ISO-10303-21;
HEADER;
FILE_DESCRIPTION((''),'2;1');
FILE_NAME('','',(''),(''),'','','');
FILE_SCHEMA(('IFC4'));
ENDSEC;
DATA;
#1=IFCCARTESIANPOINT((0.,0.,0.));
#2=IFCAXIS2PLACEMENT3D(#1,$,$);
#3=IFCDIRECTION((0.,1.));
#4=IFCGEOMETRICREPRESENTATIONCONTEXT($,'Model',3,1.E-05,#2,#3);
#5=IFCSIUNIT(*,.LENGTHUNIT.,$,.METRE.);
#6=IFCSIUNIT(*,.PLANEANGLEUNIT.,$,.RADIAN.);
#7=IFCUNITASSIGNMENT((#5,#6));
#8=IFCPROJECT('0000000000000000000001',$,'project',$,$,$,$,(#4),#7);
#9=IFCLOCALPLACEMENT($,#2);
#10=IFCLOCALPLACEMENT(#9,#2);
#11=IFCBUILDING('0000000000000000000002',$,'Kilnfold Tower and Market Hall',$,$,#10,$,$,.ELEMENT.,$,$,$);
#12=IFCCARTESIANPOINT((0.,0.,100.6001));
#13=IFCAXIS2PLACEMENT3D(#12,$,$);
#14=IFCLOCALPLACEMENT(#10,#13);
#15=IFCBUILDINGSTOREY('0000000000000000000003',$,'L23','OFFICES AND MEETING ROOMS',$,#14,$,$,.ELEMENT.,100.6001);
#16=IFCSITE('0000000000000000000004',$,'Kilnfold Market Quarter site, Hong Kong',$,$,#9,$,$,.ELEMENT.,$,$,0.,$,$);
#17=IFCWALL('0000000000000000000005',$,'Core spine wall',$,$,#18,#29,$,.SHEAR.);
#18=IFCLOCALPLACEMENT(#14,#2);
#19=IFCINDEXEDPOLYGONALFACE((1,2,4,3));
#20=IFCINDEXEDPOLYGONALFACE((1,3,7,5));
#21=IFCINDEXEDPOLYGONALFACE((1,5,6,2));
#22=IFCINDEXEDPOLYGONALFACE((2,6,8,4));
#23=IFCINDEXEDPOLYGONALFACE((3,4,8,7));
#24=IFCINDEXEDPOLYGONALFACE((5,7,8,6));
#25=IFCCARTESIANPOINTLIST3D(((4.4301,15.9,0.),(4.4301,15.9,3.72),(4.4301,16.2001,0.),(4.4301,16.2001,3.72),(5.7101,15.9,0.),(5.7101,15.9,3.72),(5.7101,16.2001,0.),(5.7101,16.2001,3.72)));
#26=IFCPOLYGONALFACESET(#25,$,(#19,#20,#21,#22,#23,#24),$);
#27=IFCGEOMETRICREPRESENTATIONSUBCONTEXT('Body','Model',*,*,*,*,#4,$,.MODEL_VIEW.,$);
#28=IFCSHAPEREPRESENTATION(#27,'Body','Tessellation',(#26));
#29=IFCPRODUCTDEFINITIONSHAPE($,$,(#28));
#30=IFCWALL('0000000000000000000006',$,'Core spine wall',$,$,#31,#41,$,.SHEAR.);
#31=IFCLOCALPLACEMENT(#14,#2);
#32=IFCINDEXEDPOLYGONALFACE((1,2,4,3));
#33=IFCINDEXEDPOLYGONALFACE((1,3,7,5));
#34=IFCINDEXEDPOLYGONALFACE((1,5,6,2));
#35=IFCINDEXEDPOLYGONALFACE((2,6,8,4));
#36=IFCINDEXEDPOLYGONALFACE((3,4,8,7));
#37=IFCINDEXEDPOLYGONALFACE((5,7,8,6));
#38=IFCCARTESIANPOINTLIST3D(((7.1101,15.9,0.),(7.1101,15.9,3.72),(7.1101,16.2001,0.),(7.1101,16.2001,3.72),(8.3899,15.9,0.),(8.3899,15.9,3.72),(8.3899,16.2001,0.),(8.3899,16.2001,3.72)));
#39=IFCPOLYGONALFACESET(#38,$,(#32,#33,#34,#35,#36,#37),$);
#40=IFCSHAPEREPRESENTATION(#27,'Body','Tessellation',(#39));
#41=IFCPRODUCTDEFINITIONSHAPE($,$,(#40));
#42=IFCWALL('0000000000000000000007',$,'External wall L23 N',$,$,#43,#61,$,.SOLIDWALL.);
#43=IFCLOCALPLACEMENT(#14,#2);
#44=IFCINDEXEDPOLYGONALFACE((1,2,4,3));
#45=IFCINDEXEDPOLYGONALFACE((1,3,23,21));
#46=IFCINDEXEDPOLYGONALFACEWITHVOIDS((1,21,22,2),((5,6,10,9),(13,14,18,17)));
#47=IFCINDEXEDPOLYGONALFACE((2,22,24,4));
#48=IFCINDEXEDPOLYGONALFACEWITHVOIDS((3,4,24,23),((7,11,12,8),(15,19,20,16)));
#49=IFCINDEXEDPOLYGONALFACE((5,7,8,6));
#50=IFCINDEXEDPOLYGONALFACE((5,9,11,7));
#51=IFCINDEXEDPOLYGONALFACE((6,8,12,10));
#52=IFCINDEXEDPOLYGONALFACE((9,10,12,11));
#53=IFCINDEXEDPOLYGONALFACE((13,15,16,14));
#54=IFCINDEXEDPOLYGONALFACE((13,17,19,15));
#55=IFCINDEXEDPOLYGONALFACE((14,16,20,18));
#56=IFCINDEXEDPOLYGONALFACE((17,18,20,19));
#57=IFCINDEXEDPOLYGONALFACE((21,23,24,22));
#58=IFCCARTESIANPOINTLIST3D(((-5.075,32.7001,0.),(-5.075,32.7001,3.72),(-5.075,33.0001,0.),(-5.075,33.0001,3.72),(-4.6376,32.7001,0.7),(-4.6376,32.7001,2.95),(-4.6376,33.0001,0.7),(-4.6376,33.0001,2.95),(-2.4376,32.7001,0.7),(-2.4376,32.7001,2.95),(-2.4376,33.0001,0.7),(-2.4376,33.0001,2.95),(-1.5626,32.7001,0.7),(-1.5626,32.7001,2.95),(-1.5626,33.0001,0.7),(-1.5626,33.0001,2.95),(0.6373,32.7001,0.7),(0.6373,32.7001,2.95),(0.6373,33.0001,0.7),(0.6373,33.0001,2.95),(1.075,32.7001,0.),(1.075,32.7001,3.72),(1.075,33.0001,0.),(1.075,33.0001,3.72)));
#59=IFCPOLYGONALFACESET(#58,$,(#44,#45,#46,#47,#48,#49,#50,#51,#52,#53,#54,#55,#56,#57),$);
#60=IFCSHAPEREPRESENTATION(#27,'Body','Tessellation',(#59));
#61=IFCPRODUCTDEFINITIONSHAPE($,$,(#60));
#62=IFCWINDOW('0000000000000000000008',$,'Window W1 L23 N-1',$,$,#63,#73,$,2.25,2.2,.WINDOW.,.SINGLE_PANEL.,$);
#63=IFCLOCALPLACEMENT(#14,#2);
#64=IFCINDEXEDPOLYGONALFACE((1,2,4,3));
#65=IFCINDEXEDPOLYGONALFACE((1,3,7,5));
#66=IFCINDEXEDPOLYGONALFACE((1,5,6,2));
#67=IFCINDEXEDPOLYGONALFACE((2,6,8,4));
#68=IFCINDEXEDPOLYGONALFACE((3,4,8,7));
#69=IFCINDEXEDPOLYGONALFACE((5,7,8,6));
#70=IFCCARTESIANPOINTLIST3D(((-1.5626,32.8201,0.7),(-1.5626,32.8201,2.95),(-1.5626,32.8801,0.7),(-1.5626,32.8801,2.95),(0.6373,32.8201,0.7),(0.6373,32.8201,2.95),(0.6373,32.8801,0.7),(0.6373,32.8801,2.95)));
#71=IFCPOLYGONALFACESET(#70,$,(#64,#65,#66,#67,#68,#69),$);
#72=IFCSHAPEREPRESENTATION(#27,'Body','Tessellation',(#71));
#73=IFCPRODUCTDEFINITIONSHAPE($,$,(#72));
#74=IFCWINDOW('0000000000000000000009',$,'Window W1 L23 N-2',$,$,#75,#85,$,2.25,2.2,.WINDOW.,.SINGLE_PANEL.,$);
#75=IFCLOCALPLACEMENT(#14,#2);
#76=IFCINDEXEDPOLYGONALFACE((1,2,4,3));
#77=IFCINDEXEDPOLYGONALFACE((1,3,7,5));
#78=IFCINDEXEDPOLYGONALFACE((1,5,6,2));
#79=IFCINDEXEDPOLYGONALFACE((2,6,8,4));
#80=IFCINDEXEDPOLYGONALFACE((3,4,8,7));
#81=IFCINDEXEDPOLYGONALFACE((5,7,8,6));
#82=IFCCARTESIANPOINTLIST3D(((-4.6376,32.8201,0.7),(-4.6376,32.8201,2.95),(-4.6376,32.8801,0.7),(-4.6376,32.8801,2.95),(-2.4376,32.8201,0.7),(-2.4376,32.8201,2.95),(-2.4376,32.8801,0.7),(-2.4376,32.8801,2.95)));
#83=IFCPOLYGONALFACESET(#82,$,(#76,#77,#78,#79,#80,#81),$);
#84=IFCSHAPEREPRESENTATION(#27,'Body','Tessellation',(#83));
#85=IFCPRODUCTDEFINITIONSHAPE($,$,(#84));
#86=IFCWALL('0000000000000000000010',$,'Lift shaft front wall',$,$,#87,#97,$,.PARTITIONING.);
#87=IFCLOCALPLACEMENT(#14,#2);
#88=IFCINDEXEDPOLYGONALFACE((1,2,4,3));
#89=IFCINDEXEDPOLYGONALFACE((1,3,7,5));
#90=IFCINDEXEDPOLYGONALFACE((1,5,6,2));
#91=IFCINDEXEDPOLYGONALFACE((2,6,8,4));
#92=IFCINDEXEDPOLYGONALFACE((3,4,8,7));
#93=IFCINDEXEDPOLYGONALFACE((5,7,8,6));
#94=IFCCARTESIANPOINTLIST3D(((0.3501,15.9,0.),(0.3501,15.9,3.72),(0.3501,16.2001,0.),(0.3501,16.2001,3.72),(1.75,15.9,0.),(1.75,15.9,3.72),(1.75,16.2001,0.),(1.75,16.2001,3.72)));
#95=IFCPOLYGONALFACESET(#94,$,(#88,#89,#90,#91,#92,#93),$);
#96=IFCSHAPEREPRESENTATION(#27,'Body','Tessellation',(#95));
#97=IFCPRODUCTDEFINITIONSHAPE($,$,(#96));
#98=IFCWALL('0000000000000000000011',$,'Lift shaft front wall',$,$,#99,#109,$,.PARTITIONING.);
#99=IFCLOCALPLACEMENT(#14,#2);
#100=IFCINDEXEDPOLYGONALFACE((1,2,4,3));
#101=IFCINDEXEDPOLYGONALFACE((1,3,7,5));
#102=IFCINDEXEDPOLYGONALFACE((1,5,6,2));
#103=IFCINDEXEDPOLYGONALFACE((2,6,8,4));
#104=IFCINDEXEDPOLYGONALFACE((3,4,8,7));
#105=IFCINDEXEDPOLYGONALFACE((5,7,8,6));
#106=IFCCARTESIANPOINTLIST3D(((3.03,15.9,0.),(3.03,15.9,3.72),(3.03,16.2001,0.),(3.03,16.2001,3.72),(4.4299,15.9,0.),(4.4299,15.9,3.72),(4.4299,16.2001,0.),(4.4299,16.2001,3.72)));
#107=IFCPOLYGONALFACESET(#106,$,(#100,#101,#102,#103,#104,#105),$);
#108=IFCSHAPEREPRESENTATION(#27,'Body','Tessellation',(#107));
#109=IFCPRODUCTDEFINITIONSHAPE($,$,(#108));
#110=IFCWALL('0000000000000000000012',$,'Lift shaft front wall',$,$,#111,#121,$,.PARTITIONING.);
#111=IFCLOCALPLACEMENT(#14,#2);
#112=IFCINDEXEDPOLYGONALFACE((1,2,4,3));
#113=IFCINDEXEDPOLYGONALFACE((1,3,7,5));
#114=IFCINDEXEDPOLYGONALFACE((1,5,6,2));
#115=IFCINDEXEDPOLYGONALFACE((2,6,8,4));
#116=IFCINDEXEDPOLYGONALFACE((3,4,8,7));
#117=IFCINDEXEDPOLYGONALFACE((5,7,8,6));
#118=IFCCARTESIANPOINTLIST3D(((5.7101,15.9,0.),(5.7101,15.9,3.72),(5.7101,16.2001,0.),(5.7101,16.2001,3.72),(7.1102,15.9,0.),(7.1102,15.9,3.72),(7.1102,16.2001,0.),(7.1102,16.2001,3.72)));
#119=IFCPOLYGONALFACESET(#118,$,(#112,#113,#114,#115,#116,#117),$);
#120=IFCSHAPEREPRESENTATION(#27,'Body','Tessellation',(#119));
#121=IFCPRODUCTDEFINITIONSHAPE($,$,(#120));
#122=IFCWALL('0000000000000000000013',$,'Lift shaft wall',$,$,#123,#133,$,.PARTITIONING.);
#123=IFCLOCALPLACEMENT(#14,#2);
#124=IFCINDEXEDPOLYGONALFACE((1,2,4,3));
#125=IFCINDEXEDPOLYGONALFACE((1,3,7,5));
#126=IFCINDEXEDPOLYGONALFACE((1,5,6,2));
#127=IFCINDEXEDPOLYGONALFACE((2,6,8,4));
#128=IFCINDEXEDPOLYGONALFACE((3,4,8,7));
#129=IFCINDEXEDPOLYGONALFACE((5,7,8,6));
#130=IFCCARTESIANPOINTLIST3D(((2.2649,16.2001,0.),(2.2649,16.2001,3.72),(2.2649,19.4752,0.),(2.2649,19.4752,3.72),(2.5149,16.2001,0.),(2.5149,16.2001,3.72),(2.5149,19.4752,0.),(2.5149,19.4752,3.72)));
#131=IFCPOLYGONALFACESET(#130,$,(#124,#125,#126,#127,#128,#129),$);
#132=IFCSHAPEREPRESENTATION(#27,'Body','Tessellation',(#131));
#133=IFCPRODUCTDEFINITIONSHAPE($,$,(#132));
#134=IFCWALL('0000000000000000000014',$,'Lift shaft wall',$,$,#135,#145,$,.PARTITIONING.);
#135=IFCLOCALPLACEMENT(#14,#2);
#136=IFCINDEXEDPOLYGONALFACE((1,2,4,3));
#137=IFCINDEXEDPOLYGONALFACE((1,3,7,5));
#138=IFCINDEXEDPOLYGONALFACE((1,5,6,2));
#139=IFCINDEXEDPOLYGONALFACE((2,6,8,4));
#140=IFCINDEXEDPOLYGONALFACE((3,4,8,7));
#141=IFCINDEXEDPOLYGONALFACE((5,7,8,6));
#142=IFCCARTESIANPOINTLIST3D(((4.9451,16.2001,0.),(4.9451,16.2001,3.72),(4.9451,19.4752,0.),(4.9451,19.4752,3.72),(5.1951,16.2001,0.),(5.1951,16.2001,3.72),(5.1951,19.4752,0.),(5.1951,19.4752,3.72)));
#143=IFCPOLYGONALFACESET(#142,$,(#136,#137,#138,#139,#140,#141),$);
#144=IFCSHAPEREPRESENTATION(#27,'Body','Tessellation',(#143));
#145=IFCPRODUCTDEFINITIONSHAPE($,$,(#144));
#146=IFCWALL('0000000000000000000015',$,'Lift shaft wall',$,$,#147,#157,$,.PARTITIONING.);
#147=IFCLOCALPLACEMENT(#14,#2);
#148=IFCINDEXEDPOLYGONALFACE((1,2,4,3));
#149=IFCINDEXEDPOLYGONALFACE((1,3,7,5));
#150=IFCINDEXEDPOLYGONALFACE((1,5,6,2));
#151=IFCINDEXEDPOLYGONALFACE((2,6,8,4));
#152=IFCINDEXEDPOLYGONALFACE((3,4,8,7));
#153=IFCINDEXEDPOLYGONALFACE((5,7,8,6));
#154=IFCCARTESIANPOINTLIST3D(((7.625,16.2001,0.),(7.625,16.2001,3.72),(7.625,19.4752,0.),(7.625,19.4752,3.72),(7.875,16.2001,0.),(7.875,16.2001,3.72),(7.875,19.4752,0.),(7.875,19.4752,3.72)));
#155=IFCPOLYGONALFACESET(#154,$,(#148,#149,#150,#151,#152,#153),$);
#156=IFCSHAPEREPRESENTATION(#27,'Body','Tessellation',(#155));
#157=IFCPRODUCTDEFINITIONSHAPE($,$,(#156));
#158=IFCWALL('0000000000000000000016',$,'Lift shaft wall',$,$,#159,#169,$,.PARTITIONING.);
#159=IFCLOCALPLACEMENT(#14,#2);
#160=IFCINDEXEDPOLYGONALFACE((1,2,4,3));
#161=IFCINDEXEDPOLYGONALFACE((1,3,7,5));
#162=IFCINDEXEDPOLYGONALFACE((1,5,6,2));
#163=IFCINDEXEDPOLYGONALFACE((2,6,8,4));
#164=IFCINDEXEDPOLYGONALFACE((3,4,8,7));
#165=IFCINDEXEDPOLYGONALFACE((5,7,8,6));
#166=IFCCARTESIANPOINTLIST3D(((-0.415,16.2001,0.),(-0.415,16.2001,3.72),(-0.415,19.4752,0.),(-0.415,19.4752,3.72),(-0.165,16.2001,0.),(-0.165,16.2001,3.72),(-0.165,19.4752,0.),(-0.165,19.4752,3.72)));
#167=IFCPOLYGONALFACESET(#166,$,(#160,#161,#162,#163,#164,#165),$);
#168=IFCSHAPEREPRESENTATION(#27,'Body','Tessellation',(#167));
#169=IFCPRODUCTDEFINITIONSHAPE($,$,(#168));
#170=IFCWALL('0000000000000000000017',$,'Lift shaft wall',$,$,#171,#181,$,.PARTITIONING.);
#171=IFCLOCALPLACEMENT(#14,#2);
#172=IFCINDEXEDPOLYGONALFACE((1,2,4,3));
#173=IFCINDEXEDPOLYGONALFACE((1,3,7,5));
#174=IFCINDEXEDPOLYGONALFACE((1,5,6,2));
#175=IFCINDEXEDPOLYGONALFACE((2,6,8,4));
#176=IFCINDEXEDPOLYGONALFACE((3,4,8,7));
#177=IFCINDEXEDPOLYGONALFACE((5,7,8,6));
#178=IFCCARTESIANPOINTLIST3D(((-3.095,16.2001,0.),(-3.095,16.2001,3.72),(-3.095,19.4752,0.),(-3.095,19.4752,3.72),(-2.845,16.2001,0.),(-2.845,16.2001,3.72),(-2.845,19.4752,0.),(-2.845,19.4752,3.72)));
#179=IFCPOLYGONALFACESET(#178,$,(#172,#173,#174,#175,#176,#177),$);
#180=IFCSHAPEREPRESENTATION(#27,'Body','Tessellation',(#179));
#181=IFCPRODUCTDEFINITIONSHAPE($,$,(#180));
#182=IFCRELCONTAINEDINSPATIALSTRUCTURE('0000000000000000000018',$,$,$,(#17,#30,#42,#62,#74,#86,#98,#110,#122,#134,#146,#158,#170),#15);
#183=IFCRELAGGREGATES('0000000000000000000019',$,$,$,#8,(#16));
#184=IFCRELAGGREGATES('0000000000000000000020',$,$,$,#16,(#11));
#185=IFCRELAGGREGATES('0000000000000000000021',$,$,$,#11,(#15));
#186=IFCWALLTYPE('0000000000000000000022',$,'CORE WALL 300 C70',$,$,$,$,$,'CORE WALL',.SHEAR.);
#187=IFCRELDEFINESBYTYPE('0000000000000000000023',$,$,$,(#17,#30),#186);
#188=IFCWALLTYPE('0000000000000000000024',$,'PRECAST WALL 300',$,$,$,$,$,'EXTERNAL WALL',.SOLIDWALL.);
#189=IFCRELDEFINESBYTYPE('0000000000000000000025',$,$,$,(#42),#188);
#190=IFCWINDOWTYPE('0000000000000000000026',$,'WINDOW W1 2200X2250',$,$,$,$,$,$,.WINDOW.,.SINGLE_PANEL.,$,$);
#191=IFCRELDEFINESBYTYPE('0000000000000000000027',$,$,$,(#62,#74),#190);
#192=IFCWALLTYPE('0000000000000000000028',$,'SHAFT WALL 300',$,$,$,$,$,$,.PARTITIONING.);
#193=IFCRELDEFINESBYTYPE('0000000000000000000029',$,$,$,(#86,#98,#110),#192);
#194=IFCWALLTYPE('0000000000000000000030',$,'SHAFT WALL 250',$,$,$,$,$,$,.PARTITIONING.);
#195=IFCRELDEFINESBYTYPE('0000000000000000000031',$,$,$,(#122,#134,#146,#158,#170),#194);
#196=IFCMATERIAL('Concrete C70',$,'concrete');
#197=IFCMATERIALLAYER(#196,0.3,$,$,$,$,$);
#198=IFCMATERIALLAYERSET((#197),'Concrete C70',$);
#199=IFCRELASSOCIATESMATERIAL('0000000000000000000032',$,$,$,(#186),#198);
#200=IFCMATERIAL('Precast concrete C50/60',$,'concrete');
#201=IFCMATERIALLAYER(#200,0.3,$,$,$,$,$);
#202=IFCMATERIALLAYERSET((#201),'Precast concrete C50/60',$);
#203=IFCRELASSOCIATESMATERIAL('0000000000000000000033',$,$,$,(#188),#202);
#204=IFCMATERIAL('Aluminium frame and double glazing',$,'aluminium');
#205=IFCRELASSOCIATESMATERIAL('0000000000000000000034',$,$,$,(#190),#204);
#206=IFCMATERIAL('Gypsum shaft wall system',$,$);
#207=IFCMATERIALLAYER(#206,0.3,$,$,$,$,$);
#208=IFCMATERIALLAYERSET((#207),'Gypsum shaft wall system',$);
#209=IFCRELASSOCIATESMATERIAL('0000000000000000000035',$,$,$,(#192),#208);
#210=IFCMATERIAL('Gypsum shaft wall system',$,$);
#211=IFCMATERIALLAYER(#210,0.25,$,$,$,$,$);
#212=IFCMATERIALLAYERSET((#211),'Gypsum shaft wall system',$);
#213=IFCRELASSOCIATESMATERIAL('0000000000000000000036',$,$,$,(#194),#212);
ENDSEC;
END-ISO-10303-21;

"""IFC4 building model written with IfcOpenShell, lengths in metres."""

from ifc_helpers import new_model, si_unit, direction, frame, frame_2d, origin, place, context, subcontext, project, spatial, rectangle, extrude, source, transform, mapped, material, layer, layer_set, type_object, element, fill, save


model = new_model("IFC4")

# Units and contexts
model_context = context("Model", 3, precision=1e-05, world=origin(), true_north=direction((0.0, 1.0)))
body_context = subcontext(model_context, "Body", "Model", "MODEL_VIEW")
ifc_project = project(units=[si_unit("LENGTHUNIT", "METRE"), si_unit("PLANEANGLEUNIT", "RADIAN")], contexts=[model_context])

# Site, building, storey
site_placement = place(None, origin())
site = spatial("IfcSite", under=ifc_project, at=site_placement, Name="Kilnfold Market Quarter site, Hong Kong", CompositionType="ELEMENT", RefElevation=0.0)
building_placement = place(site_placement, origin())
building = spatial("IfcBuilding", under=site, at=building_placement, Name="Kilnfold Tower and Market Hall", CompositionType="ELEMENT")
storey_placement = place(building_placement, frame((0.0, 0.0, 100.6001)))
storey = spatial("IfcBuildingStorey", under=building, at=storey_placement, Name="L23", Description="OFFICES AND MEETING ROOMS", CompositionType="ELEMENT", Elevation=100.6001)

# Walls
ifc_material_1 = material(Name="Concrete C70", Category="concrete")
ifc_layer_1 = layer(ifc_material_1, 0.3)
ifc_layer_set_1 = layer_set([ifc_layer_1], Name="Concrete C70")
wall_type_1 = type_object("IfcWallType", Name="CORE WALL 300 C70", ElementType="CORE WALL", PredefinedType="SHEAR", material=ifc_layer_set_1)
shared_shape_1 = source(origin(), body_context, "Body", "SweptSolid", [
    extrude(rectangle(XDim=1.28, YDim=0.3, at=frame_2d((0.6401, 0.0))), origin(), (0.0, 0.0, 1.0), 3.72),
])
for number, where, z_axis, x_axis, name in (
    (1, (4.4299, 16.05, 0.0), (0.0, 0.0, 1.0), (1.0, 0.0, 0.0), "Core spine wall"),
):
    element("IfcWall", number, at=place(storey_placement, frame(where, z_axis=z_axis, x_axis=x_axis)), inside=storey, type_object=wall_type_1, Name=name, PredefinedType="SHEAR", context=body_context, shape_type="MappedRepresentation", body=[
        mapped(shared_shape_1, transform((0.0, 0.0, 0.0))),
    ])
shared_shape_2 = source(origin(), body_context, "Body", "SweptSolid", [
    extrude(rectangle(XDim=1.2798, YDim=0.3, at=frame_2d((0.6399, 0.0))), origin(), (0.0, 0.0, 1.0), 3.72),
])
wall_1_placement = place(storey_placement, frame((7.1101, 16.05, 0.0), z_axis=(0.0, 0.0, 1.0), x_axis=(1.0, 0.0, 0.0)))
element("IfcWall", 2, at=wall_1_placement, inside=storey, type_object=wall_type_1, Name="Core spine wall", PredefinedType="SHEAR", context=body_context, shape_type="MappedRepresentation", body=[
    mapped(shared_shape_2, transform((0.0, 0.0, 0.0))),
])

# Wall, openings, windows
ifc_material_2 = material(Name="Precast concrete C50/60", Category="concrete")
ifc_layer_2 = layer(ifc_material_2, 0.3)
ifc_layer_set_2 = layer_set([ifc_layer_2], Name="Precast concrete C50/60")
wall_type_2 = type_object("IfcWallType", Name="PRECAST WALL 300", ElementType="EXTERNAL WALL", PredefinedType="SOLIDWALL", material=ifc_layer_set_2)
shared_shape_3 = source(origin(), body_context, "Body", "SweptSolid", [
    extrude(rectangle(XDim=6.1499, YDim=0.3, at=frame_2d((3.075, 0.0))), origin(), (0.0, 0.0, 1.0), 3.72),
])
wall_2_placement = place(storey_placement, frame((1.075, 32.8501, 0.0), z_axis=(0.0, 0.0, 1.0), x_axis=(-1.0, 0.0, 0.0)))
wall_2 = element("IfcWall", 3, at=wall_2_placement, inside=storey, type_object=wall_type_2, Name="External wall L23 N", PredefinedType="SOLIDWALL", context=body_context, shape_type="MappedRepresentation", body=[
    mapped(shared_shape_3, transform((0.0, 0.0, 0.0))),
])
opening_1_placement = place(wall_2_placement, frame((0.4375, 0.0, 0.7)))
opening_1 = element("IfcOpeningElement", 4, at=opening_1_placement, cuts=wall_2, PredefinedType="OPENING", context=body_context, shape_type="SweptSolid", body=[
    extrude(rectangle(XDim=2.2, YDim=2.25, at=frame_2d((1.1001, 1.125))), frame((0.0, 0.1602, 0.0), z_axis=(0.0, -1.0, 0.0), x_axis=(1.0, 0.0, 0.0)), (0.0, 0.0, 1.0), 0.3201),
])
opening_2_placement = place(wall_2_placement, frame((3.5125, 0.0, 0.7)))
opening_2 = element("IfcOpeningElement", 5, at=opening_2_placement, cuts=wall_2, PredefinedType="OPENING", context=body_context, shape_type="SweptSolid", body=[
    extrude(rectangle(XDim=2.2, YDim=2.25, at=frame_2d((1.1001, 1.125))), frame((0.0, 0.1602, 0.0), z_axis=(0.0, -1.0, 0.0), x_axis=(1.0, 0.0, 0.0)), (0.0, 0.0, 1.0), 0.3201),
])
ifc_material_3 = material(Name="Aluminium frame and double glazing", Category="aluminium")
window_type = type_object("IfcWindowType", Name="WINDOW W1 2200X2250", PartitioningType="SINGLE_PANEL", PredefinedType="WINDOW", material=ifc_material_3)
window_1_placement = place(opening_1_placement, origin())
window_1 = element("IfcWindow", 6, at=window_1_placement, inside=storey, type_object=window_type, Name="Window W1 L23 N-1", OverallHeight=2.25, OverallWidth=2.2, PartitioningType="SINGLE_PANEL", PredefinedType="WINDOW", context=body_context, shape_type="SweptSolid", body=[
    extrude(rectangle(XDim=2.2, YDim=2.25, at=frame_2d((1.1001, 1.125))), frame((0.0, 0.03, 0.0), z_axis=(0.0, -1.0, 0.0), x_axis=(1.0, 0.0, 0.0)), (0.0, 0.0, 1.0), 0.0601),
])
fill(opening_1, window_1)
window_2_placement = place(opening_2_placement, origin())
window_2 = element("IfcWindow", 7, at=window_2_placement, inside=storey, type_object=window_type, Name="Window W1 L23 N-2", OverallHeight=2.25, OverallWidth=2.2, PartitioningType="SINGLE_PANEL", PredefinedType="WINDOW", context=body_context, shape_type="SweptSolid", body=[
    extrude(rectangle(XDim=2.2, YDim=2.25, at=frame_2d((1.1001, 1.125))), frame((0.0, 0.03, 0.0), z_axis=(0.0, -1.0, 0.0), x_axis=(1.0, 0.0, 0.0)), (0.0, 0.0, 1.0), 0.0601),
])
fill(opening_2, window_2)

# Walls
ifc_material_4 = material(Name="Gypsum shaft wall system")
ifc_layer_3 = layer(ifc_material_4, 0.3)
ifc_layer_set_3 = layer_set([ifc_layer_3], Name="Gypsum shaft wall system")
wall_type_3 = type_object("IfcWallType", Name="SHAFT WALL 300", PredefinedType="PARTITIONING", material=ifc_layer_set_3)
shared_shape_4 = source(origin(), body_context, "Body", "SweptSolid", [
    extrude(rectangle(XDim=1.3999, YDim=0.3, at=frame_2d((0.7, 0.0))), origin(), (0.0, 0.0, 1.0), 3.72),
])
for number, where, z_axis, x_axis, name in (
    (8, (0.3501, 16.05, 0.0), (0.0, 0.0, 1.0), (1.0, 0.0, 0.0), "Lift shaft front wall"),
    (9, (3.03, 16.05, 0.0), (0.0, 0.0, 1.0), (1.0, 0.0, 0.0), "Lift shaft front wall"),
):
    element("IfcWall", number, at=place(storey_placement, frame(where, z_axis=z_axis, x_axis=x_axis)), inside=storey, type_object=wall_type_3, Name=name, PredefinedType="PARTITIONING", context=body_context, shape_type="MappedRepresentation", body=[
        mapped(shared_shape_4, transform((0.0, 0.0, 0.0))),
    ])
shared_shape_5 = source(origin(), body_context, "Body", "SweptSolid", [
    extrude(rectangle(XDim=1.4001, YDim=0.3, at=frame_2d((0.7002, 0.0))), origin(), (0.0, 0.0, 1.0), 3.72),
])
wall_3_placement = place(storey_placement, frame((5.71, 16.05, 0.0), z_axis=(0.0, 0.0, 1.0), x_axis=(1.0, 0.0, 0.0)))
element("IfcWall", 10, at=wall_3_placement, inside=storey, type_object=wall_type_3, Name="Lift shaft front wall", PredefinedType="PARTITIONING", context=body_context, shape_type="MappedRepresentation", body=[
    mapped(shared_shape_5, transform((0.0, 0.0, 0.0))),
])
ifc_material_5 = material(Name="Gypsum shaft wall system")
ifc_layer_4 = layer(ifc_material_5, 0.25)
ifc_layer_set_4 = layer_set([ifc_layer_4], Name="Gypsum shaft wall system")
wall_type_4 = type_object("IfcWallType", Name="SHAFT WALL 250", PredefinedType="PARTITIONING", material=ifc_layer_set_4)
shared_shape_6 = source(origin(), body_context, "Body", "SweptSolid", [
    extrude(rectangle(XDim=3.2751, YDim=0.25, at=frame_2d((1.6377, 0.0))), origin(), (0.0, 0.0, 1.0), 3.72),
])
for number, where, z_axis, x_axis, name in (
    (11, (2.3899, 16.2, 0.0), (0.0, 0.0, 1.0), (0.0, 1.0, 0.0), "Lift shaft wall"),
    (12, (5.0701, 16.2, 0.0), (0.0, 0.0, 1.0), (0.0, 1.0, 0.0), "Lift shaft wall"),
    (13, (7.75, 16.2, 0.0), (0.0, 0.0, 1.0), (0.0, 1.0, 0.0), "Lift shaft wall"),
    (14, (-0.29, 16.2, 0.0), (0.0, 0.0, 1.0), (0.0, 1.0, 0.0), "Lift shaft wall"),
    (15, (-2.97, 16.2, 0.0), (0.0, 0.0, 1.0), (0.0, 1.0, 0.0), "Lift shaft wall"),
):
    element("IfcWall", number, at=place(storey_placement, frame(where, z_axis=z_axis, x_axis=x_axis)), inside=storey, type_object=wall_type_4, Name=name, PredefinedType="PARTITIONING", context=body_context, shape_type="MappedRepresentation", body=[
        mapped(shared_shape_6, transform((0.0, 0.0, 0.0))),
    ])

save(model, "model.ifc")
